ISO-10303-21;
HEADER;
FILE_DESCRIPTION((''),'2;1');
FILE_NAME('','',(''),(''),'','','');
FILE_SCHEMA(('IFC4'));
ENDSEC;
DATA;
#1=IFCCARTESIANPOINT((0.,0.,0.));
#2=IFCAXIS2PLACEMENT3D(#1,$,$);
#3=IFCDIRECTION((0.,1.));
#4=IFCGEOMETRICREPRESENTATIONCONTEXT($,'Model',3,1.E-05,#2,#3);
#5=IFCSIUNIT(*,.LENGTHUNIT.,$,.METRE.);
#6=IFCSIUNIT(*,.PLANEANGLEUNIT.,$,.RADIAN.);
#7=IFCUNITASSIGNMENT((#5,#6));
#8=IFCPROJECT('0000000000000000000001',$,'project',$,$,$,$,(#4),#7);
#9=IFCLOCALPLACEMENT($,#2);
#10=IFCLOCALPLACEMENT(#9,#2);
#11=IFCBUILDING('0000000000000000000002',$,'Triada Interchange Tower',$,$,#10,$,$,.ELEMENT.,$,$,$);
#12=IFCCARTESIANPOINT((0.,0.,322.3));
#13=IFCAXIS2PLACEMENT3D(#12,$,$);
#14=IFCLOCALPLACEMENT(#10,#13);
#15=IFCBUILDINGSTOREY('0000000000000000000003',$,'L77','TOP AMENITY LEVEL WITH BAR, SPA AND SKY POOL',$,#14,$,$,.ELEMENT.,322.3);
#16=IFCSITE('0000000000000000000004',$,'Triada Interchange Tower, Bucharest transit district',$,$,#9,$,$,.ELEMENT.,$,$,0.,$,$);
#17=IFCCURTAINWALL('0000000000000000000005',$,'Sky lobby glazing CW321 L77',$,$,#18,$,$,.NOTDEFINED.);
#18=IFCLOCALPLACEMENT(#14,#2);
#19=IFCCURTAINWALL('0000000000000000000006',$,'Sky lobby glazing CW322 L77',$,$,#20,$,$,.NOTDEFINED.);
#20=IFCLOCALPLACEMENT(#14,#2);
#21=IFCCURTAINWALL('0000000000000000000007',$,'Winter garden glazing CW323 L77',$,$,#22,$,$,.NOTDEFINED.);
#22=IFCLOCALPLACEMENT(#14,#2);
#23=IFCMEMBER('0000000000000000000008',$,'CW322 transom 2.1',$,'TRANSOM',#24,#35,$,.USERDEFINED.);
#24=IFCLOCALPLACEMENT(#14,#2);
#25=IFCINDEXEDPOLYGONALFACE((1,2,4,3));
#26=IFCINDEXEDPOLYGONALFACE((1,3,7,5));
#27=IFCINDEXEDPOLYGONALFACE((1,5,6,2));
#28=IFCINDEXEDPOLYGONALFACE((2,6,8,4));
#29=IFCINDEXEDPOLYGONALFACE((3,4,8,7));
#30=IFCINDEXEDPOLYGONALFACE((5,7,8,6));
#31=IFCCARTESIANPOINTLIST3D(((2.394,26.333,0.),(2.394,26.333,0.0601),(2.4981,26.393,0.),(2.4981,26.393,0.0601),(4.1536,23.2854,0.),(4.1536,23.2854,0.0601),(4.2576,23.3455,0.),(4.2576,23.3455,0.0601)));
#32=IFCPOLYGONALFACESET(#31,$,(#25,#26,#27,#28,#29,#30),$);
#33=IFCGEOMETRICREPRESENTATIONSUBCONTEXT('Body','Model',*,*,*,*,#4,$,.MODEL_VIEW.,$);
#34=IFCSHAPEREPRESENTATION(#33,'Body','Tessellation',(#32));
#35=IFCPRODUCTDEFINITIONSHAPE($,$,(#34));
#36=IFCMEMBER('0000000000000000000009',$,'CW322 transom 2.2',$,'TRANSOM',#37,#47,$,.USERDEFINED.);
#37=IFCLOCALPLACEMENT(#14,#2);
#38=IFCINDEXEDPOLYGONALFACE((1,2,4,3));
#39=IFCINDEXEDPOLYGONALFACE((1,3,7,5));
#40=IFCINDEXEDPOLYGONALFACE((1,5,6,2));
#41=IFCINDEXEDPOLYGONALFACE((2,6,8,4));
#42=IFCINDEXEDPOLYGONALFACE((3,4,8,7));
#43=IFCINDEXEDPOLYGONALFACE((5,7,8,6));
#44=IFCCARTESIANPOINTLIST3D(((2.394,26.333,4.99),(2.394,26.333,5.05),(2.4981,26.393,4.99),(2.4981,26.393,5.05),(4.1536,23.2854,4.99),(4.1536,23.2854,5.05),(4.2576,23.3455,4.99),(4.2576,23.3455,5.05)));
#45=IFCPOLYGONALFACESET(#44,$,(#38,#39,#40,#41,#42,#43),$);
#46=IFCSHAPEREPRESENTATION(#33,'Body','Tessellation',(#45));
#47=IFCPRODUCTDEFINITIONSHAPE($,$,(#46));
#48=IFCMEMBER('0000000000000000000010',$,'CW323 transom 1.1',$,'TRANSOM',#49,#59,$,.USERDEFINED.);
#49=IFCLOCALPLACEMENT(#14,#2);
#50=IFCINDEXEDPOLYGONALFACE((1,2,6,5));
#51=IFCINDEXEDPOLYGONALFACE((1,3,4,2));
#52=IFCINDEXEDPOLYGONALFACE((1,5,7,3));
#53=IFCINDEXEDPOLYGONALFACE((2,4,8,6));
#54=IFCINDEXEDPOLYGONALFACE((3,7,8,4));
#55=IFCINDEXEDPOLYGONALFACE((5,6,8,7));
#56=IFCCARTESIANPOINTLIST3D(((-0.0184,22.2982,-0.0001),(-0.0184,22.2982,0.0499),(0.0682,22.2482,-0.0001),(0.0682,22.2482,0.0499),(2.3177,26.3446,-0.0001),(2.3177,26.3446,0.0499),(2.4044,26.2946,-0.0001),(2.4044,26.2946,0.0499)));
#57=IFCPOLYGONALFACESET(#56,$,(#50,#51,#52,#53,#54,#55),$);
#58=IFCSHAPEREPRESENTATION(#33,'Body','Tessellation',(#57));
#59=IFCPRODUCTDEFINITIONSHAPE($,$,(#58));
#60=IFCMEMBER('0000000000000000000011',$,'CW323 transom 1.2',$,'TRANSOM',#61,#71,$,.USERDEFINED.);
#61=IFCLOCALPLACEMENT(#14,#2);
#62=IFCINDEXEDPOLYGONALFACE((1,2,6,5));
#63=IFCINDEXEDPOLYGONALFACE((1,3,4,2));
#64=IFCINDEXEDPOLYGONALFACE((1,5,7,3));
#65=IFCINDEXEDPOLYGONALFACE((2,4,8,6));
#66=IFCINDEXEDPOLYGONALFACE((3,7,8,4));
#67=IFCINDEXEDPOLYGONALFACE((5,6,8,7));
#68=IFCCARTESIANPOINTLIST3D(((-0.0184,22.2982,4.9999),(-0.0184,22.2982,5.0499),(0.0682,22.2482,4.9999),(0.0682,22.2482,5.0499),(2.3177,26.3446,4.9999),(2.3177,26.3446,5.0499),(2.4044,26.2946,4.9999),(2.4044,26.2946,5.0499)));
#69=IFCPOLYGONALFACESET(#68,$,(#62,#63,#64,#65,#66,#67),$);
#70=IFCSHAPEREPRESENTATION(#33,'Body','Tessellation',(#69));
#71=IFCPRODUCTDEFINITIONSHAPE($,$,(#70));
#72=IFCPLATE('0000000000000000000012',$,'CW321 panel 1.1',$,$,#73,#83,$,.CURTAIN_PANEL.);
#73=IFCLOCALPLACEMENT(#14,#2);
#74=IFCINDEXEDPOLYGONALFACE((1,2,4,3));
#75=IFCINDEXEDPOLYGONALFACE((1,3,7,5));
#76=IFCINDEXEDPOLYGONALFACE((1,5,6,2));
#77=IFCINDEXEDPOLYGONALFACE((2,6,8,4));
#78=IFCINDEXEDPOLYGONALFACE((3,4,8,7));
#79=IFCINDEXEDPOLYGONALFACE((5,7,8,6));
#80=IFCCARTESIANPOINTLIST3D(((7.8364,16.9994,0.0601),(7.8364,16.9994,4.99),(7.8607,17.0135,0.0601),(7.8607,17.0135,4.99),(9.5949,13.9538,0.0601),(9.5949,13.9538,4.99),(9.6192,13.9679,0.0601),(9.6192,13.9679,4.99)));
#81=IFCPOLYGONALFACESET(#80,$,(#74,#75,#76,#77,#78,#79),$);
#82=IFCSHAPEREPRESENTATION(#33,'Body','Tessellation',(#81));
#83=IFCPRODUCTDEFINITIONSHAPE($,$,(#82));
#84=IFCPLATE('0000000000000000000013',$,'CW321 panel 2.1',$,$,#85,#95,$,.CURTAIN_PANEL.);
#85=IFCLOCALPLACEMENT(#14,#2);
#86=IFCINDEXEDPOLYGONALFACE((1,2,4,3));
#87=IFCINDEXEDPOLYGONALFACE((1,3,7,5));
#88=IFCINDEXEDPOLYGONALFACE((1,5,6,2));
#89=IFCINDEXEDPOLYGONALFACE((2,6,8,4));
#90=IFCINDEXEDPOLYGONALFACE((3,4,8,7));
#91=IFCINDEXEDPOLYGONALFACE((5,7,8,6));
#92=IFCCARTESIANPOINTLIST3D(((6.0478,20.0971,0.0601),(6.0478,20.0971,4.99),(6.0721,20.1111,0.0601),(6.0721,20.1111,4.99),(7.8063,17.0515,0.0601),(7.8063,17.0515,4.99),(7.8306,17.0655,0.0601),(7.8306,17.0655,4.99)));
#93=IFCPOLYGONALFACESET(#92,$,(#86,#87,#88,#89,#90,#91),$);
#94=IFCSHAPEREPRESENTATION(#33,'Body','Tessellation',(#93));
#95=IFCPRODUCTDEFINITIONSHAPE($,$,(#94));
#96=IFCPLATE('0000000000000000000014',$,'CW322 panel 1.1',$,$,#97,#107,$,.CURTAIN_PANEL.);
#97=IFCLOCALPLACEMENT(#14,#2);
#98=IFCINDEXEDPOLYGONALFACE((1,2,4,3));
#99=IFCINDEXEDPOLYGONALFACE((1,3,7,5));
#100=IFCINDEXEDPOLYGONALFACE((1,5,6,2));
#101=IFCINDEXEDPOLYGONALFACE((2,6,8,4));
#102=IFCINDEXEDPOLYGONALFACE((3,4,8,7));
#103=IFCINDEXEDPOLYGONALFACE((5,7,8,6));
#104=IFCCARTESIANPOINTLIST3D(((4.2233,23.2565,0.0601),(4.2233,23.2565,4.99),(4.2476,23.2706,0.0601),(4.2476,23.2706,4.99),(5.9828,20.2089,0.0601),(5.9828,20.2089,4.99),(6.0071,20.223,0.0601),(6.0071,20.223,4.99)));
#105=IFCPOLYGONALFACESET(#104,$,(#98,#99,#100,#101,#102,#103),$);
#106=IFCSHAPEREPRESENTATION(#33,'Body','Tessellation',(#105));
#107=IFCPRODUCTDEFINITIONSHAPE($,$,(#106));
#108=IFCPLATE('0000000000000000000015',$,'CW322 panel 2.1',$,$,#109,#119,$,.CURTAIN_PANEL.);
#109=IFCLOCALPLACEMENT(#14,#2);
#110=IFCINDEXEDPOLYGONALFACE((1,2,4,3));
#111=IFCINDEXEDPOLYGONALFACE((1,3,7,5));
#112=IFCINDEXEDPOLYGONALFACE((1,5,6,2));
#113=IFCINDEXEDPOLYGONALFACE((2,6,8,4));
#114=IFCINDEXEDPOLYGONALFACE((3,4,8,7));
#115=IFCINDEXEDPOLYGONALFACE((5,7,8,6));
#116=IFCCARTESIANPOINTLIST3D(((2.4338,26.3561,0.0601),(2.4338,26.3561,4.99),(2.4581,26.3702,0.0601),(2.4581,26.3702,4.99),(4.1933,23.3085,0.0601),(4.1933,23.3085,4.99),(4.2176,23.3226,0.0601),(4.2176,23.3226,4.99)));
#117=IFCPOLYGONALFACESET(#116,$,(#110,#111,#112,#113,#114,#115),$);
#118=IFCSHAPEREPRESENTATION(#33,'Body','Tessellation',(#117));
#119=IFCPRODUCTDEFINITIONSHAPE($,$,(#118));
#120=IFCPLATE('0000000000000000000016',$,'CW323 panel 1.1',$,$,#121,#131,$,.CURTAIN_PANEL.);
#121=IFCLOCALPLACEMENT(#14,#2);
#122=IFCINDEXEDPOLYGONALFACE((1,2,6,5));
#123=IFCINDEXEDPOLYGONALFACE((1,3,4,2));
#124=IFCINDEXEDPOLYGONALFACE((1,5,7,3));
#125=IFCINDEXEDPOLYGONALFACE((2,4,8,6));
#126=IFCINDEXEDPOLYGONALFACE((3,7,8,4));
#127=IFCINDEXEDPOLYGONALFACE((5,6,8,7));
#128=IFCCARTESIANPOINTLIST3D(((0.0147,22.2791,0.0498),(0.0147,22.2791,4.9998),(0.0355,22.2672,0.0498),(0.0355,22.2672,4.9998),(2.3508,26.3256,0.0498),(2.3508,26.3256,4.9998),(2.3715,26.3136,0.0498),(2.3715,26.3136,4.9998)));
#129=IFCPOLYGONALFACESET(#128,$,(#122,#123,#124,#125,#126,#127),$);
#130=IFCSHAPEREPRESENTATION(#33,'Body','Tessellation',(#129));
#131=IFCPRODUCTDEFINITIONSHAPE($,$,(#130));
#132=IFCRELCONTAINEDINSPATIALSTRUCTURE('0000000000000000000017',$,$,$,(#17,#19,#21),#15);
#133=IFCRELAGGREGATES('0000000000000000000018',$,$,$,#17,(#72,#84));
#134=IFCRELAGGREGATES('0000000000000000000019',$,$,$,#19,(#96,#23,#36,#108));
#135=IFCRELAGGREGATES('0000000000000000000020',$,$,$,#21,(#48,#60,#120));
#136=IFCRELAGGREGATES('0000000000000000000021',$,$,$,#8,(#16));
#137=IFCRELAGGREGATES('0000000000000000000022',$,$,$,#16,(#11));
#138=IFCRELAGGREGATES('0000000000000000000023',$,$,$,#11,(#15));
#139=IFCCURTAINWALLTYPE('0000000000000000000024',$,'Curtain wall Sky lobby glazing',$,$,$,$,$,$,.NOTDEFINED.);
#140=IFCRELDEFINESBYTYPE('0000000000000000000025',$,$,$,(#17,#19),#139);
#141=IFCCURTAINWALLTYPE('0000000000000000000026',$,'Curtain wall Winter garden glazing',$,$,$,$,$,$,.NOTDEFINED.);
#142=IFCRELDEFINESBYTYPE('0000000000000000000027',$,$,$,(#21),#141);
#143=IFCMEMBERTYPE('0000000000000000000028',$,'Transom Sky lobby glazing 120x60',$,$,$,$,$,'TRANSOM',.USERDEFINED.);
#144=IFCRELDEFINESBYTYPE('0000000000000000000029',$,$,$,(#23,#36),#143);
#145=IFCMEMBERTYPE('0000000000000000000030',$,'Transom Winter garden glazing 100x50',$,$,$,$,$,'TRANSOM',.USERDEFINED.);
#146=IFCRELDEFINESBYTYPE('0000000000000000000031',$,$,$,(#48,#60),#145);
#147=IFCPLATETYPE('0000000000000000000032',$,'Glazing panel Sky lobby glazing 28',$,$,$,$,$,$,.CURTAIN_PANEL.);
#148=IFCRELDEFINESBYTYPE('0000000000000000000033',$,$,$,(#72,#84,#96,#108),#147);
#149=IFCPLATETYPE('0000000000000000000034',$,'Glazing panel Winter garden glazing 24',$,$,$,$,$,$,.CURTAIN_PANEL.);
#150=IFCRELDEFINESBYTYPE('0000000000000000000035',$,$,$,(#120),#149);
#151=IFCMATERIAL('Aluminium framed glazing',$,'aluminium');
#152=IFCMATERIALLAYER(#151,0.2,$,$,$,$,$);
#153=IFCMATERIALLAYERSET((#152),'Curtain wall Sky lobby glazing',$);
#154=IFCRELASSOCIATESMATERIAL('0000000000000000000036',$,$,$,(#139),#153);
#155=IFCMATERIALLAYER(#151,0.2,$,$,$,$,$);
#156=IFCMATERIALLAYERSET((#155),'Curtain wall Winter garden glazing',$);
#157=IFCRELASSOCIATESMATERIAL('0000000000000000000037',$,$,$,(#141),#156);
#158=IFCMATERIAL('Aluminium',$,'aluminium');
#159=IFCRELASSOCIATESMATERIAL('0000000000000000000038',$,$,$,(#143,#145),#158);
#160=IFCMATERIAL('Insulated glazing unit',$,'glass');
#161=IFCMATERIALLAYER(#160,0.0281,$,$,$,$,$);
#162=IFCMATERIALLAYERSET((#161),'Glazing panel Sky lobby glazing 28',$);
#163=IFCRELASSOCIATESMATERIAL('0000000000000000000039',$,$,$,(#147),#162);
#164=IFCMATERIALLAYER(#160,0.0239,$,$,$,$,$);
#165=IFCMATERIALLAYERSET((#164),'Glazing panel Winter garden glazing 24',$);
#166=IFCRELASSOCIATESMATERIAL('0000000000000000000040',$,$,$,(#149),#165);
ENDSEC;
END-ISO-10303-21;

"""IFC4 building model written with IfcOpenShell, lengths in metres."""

from ifc_helpers import new_model, si_unit, direction, frame, origin, origin_2d, place, context, subcontext, project, spatial, rectangle, extrude, material, layer, layer_set, material_profile, profile_set, type_object, element, aggregate, save


model = new_model("IFC4")

# Units and contexts
model_context = context("Model", 3, precision=1e-05, world=origin(), true_north=direction((0.0, 1.0)))
body_context = subcontext(model_context, "Body", "Model", "MODEL_VIEW")
ifc_project = project(units=[si_unit("LENGTHUNIT", "METRE"), si_unit("PLANEANGLEUNIT", "RADIAN")], contexts=[model_context])

# Site, building, storey
site_placement = place(None, origin())
site = spatial("IfcSite", under=ifc_project, at=site_placement, Name="Triada Interchange Tower, Bucharest transit district", CompositionType="ELEMENT", RefElevation=0.0)
building_placement = place(site_placement, origin())
building = spatial("IfcBuilding", under=site, at=building_placement, Name="Triada Interchange Tower", CompositionType="ELEMENT")
storey_placement = place(building_placement, frame((0.0, 0.0, 322.3)))
storey = spatial("IfcBuildingStorey", under=building, at=storey_placement, Name="L77", Description="TOP AMENITY LEVEL WITH BAR, SPA AND SKY POOL", CompositionType="ELEMENT", Elevation=322.3)

# Curtain walls
ifc_material_1 = material(Name="Aluminium framed glazing", Category="aluminium")
ifc_layer_1 = layer(ifc_material_1, 0.2)
ifc_layer_set_1 = layer_set([ifc_layer_1], Name="Curtain wall Sky lobby glazing")
curtain_wall_type_1 = type_object("IfcCurtainWallType", Name="Curtain wall Sky lobby glazing", PredefinedType="NOTDEFINED", material=ifc_layer_set_1)
curtain_wall_1_placement = place(storey_placement, origin())
curtain_wall_1 = element("IfcCurtainWall", 1, at=curtain_wall_1_placement, inside=storey, type_object=curtain_wall_type_1, Name="Sky lobby glazing CW321 L77", PredefinedType="NOTDEFINED")
ifc_material_2 = material(Name="Aluminium", Category="aluminium")
curtain_wall_2_placement = place(storey_placement, origin())
curtain_wall_2 = element("IfcCurtainWall", 2, at=curtain_wall_2_placement, inside=storey, type_object=curtain_wall_type_1, Name="Sky lobby glazing CW322 L77", PredefinedType="NOTDEFINED")
ifc_layer_2 = layer(ifc_material_1, 0.2)
ifc_layer_set_2 = layer_set([ifc_layer_2], Name="Curtain wall Winter garden glazing")
curtain_wall_type_2 = type_object("IfcCurtainWallType", Name="Curtain wall Winter garden glazing", PredefinedType="NOTDEFINED", material=ifc_layer_set_2)
curtain_wall_3_placement = place(storey_placement, origin())
curtain_wall_3 = element("IfcCurtainWall", 3, at=curtain_wall_3_placement, inside=storey, type_object=curtain_wall_type_2, Name="Winter garden glazing CW323 L77", PredefinedType="NOTDEFINED")

# Members
ifc_material_profile_1 = material_profile(ifc_material_2, rectangle(XDim=0.1201, YDim=0.0601, at=origin_2d()), Name="Aluminium transom")
ifc_profile_set_1 = profile_set([ifc_material_profile_1], Name="Aluminium")
member_type_1 = type_object("IfcMemberType", Name="Transom Sky lobby glazing 120x60", ElementType="TRANSOM", PredefinedType="USERDEFINED", material=ifc_profile_set_1)
member_1_placement = place(storey_placement, frame((4.2056, 23.3154, 0.03), z_axis=(-0.499997, 0.866027, 0.0), x_axis=(-0.866027, -0.499997, 0.0)))
member_1 = element("IfcMember", 4, at=member_1_placement, type_object=member_type_1, Name="CW322 transom 2.1", ObjectType="TRANSOM", PredefinedType="USERDEFINED", context=body_context, shape_type="SweptSolid", body=[
    extrude(rectangle(XDim=0.1201, YDim=0.0601, at=origin_2d()), origin(), (0.0, 0.0, 1.0), 3.519),
])
member_2_placement = place(storey_placement, frame((4.2056, 23.3154, 5.02), z_axis=(-0.499997, 0.866027, 0.0), x_axis=(-0.866027, -0.499997, 0.0)))
member_2 = element("IfcMember", 5, at=member_2_placement, type_object=member_type_1, Name="CW322 transom 2.2", ObjectType="TRANSOM", PredefinedType="USERDEFINED", context=body_context, shape_type="SweptSolid", body=[
    extrude(rectangle(XDim=0.1201, YDim=0.0601, at=origin_2d()), origin(), (0.0, 0.0, 1.0), 3.519),
])
ifc_material_profile_2 = material_profile(ifc_material_2, rectangle(XDim=0.1001, YDim=0.05, at=origin_2d()), Name="Aluminium transom")
ifc_profile_set_2 = profile_set([ifc_material_profile_2], Name="Aluminium")
member_type_2 = type_object("IfcMemberType", Name="Transom Winter garden glazing 100x50", ElementType="TRANSOM", PredefinedType="USERDEFINED", material=ifc_profile_set_2)
member_3_placement = place(storey_placement, frame((2.3611, 26.3196, 0.0249), z_axis=(-0.5, -0.866025, 0.0), x_axis=(0.866025, -0.5, 0.0)))
member_3 = element("IfcMember", 6, at=member_3_placement, type_object=member_type_2, Name="CW323 transom 1.1", ObjectType="TRANSOM", PredefinedType="USERDEFINED", context=body_context, shape_type="SweptSolid", body=[
    extrude(rectangle(XDim=0.1001, YDim=0.05, at=origin_2d()), origin(), (0.0, 0.0, 1.0), 4.6724),
])
member_4_placement = place(storey_placement, frame((2.3611, 26.3196, 5.0249), z_axis=(-0.5, -0.866025, 0.0), x_axis=(0.866025, -0.5, 0.0)))
member_4 = element("IfcMember", 7, at=member_4_placement, type_object=member_type_2, Name="CW323 transom 1.2", ObjectType="TRANSOM", PredefinedType="USERDEFINED", context=body_context, shape_type="SweptSolid", body=[
    extrude(rectangle(XDim=0.1001, YDim=0.05, at=origin_2d()), origin(), (0.0, 0.0, 1.0), 4.6724),
])

# Plates
ifc_material_3 = material(Name="Insulated glazing unit", Category="glass")
ifc_layer_3 = layer(ifc_material_3, 0.0281)
ifc_layer_set_3 = layer_set([ifc_layer_3], Name="Glazing panel Sky lobby glazing 28")
plate_type_1 = type_object("IfcPlateType", Name="Glazing panel Sky lobby glazing 28", PredefinedType="CURTAIN_PANEL", material=ifc_layer_set_3)
plate_1_placement = place(storey_placement, frame((8.7278, 15.4836, 0.0601), z_axis=(0.0, 0.0, 1.0), x_axis=(-0.50003, 0.866008, 0.0)))
plate_1 = element("IfcPlate", 8, at=plate_1_placement, type_object=plate_type_1, Name="CW321 panel 1.1", PredefinedType="CURTAIN_PANEL", context=body_context, shape_type="SweptSolid", body=[
    extrude(rectangle(XDim=3.5168, YDim=0.0281, at=origin_2d()), origin(), (0.0, 0.0, 1.0), 4.9299),
])
plate_2_placement = place(storey_placement, frame((6.9392, 18.5813, 0.0601), z_axis=(0.0, 0.0, 1.0), x_axis=(-0.50003, 0.866008, 0.0)))
plate_2 = element("IfcPlate", 9, at=plate_2_placement, type_object=plate_type_1, Name="CW321 panel 2.1", PredefinedType="CURTAIN_PANEL", context=body_context, shape_type="SweptSolid", body=[
    extrude(rectangle(XDim=3.5168, YDim=0.0281, at=origin_2d()), origin(), (0.0, 0.0, 1.0), 4.9299),
])
aggregate(curtain_wall_1, [plate_1, plate_2])
plate_3_placement = place(storey_placement, frame((5.1152, 21.7397, 0.0601), z_axis=(0.0, 0.0, 1.0), x_axis=(-0.499998, 0.866026, 0.0)))
plate_3 = element("IfcPlate", 10, at=plate_3_placement, type_object=plate_type_1, Name="CW322 panel 1.1", PredefinedType="CURTAIN_PANEL", context=body_context, shape_type="SweptSolid", body=[
    extrude(rectangle(XDim=3.519, YDim=0.0281, at=origin_2d()), origin(), (0.0, 0.0, 1.0), 4.9299),
])
plate_4_placement = place(storey_placement, frame((3.3257, 24.8394, 0.0601), z_axis=(0.0, 0.0, 1.0), x_axis=(-0.499998, 0.866026, 0.0)))
plate_4 = element("IfcPlate", 11, at=plate_4_placement, type_object=plate_type_1, Name="CW322 panel 2.1", PredefinedType="CURTAIN_PANEL", context=body_context, shape_type="SweptSolid", body=[
    extrude(rectangle(XDim=3.519, YDim=0.0281, at=origin_2d()), origin(), (0.0, 0.0, 1.0), 4.9299),
])
aggregate(curtain_wall_2, [plate_3, member_1, member_2, plate_4])
ifc_layer_4 = layer(ifc_material_3, 0.0239)
ifc_layer_set_4 = layer_set([ifc_layer_4], Name="Glazing panel Winter garden glazing 24")
plate_type_2 = type_object("IfcPlateType", Name="Glazing panel Winter garden glazing 24", PredefinedType="CURTAIN_PANEL", material=ifc_layer_set_4)
plate_5_placement = place(storey_placement, frame((1.1931, 24.2964, 0.0498), z_axis=(0.0, 0.0, 1.0), x_axis=(-0.49997, -0.866043, 0.0)))
plate_5 = element("IfcPlate", 12, at=plate_5_placement, type_object=plate_type_2, Name="CW323 panel 1.1", PredefinedType="CURTAIN_PANEL", context=body_context, shape_type="SweptSolid", body=[
    extrude(rectangle(XDim=4.6724, YDim=0.0239, at=origin_2d()), origin(), (0.0, 0.0, 1.0), 4.95),
])
aggregate(curtain_wall_3, [member_3, member_4, plate_5])

save(model, "model.ifc")
